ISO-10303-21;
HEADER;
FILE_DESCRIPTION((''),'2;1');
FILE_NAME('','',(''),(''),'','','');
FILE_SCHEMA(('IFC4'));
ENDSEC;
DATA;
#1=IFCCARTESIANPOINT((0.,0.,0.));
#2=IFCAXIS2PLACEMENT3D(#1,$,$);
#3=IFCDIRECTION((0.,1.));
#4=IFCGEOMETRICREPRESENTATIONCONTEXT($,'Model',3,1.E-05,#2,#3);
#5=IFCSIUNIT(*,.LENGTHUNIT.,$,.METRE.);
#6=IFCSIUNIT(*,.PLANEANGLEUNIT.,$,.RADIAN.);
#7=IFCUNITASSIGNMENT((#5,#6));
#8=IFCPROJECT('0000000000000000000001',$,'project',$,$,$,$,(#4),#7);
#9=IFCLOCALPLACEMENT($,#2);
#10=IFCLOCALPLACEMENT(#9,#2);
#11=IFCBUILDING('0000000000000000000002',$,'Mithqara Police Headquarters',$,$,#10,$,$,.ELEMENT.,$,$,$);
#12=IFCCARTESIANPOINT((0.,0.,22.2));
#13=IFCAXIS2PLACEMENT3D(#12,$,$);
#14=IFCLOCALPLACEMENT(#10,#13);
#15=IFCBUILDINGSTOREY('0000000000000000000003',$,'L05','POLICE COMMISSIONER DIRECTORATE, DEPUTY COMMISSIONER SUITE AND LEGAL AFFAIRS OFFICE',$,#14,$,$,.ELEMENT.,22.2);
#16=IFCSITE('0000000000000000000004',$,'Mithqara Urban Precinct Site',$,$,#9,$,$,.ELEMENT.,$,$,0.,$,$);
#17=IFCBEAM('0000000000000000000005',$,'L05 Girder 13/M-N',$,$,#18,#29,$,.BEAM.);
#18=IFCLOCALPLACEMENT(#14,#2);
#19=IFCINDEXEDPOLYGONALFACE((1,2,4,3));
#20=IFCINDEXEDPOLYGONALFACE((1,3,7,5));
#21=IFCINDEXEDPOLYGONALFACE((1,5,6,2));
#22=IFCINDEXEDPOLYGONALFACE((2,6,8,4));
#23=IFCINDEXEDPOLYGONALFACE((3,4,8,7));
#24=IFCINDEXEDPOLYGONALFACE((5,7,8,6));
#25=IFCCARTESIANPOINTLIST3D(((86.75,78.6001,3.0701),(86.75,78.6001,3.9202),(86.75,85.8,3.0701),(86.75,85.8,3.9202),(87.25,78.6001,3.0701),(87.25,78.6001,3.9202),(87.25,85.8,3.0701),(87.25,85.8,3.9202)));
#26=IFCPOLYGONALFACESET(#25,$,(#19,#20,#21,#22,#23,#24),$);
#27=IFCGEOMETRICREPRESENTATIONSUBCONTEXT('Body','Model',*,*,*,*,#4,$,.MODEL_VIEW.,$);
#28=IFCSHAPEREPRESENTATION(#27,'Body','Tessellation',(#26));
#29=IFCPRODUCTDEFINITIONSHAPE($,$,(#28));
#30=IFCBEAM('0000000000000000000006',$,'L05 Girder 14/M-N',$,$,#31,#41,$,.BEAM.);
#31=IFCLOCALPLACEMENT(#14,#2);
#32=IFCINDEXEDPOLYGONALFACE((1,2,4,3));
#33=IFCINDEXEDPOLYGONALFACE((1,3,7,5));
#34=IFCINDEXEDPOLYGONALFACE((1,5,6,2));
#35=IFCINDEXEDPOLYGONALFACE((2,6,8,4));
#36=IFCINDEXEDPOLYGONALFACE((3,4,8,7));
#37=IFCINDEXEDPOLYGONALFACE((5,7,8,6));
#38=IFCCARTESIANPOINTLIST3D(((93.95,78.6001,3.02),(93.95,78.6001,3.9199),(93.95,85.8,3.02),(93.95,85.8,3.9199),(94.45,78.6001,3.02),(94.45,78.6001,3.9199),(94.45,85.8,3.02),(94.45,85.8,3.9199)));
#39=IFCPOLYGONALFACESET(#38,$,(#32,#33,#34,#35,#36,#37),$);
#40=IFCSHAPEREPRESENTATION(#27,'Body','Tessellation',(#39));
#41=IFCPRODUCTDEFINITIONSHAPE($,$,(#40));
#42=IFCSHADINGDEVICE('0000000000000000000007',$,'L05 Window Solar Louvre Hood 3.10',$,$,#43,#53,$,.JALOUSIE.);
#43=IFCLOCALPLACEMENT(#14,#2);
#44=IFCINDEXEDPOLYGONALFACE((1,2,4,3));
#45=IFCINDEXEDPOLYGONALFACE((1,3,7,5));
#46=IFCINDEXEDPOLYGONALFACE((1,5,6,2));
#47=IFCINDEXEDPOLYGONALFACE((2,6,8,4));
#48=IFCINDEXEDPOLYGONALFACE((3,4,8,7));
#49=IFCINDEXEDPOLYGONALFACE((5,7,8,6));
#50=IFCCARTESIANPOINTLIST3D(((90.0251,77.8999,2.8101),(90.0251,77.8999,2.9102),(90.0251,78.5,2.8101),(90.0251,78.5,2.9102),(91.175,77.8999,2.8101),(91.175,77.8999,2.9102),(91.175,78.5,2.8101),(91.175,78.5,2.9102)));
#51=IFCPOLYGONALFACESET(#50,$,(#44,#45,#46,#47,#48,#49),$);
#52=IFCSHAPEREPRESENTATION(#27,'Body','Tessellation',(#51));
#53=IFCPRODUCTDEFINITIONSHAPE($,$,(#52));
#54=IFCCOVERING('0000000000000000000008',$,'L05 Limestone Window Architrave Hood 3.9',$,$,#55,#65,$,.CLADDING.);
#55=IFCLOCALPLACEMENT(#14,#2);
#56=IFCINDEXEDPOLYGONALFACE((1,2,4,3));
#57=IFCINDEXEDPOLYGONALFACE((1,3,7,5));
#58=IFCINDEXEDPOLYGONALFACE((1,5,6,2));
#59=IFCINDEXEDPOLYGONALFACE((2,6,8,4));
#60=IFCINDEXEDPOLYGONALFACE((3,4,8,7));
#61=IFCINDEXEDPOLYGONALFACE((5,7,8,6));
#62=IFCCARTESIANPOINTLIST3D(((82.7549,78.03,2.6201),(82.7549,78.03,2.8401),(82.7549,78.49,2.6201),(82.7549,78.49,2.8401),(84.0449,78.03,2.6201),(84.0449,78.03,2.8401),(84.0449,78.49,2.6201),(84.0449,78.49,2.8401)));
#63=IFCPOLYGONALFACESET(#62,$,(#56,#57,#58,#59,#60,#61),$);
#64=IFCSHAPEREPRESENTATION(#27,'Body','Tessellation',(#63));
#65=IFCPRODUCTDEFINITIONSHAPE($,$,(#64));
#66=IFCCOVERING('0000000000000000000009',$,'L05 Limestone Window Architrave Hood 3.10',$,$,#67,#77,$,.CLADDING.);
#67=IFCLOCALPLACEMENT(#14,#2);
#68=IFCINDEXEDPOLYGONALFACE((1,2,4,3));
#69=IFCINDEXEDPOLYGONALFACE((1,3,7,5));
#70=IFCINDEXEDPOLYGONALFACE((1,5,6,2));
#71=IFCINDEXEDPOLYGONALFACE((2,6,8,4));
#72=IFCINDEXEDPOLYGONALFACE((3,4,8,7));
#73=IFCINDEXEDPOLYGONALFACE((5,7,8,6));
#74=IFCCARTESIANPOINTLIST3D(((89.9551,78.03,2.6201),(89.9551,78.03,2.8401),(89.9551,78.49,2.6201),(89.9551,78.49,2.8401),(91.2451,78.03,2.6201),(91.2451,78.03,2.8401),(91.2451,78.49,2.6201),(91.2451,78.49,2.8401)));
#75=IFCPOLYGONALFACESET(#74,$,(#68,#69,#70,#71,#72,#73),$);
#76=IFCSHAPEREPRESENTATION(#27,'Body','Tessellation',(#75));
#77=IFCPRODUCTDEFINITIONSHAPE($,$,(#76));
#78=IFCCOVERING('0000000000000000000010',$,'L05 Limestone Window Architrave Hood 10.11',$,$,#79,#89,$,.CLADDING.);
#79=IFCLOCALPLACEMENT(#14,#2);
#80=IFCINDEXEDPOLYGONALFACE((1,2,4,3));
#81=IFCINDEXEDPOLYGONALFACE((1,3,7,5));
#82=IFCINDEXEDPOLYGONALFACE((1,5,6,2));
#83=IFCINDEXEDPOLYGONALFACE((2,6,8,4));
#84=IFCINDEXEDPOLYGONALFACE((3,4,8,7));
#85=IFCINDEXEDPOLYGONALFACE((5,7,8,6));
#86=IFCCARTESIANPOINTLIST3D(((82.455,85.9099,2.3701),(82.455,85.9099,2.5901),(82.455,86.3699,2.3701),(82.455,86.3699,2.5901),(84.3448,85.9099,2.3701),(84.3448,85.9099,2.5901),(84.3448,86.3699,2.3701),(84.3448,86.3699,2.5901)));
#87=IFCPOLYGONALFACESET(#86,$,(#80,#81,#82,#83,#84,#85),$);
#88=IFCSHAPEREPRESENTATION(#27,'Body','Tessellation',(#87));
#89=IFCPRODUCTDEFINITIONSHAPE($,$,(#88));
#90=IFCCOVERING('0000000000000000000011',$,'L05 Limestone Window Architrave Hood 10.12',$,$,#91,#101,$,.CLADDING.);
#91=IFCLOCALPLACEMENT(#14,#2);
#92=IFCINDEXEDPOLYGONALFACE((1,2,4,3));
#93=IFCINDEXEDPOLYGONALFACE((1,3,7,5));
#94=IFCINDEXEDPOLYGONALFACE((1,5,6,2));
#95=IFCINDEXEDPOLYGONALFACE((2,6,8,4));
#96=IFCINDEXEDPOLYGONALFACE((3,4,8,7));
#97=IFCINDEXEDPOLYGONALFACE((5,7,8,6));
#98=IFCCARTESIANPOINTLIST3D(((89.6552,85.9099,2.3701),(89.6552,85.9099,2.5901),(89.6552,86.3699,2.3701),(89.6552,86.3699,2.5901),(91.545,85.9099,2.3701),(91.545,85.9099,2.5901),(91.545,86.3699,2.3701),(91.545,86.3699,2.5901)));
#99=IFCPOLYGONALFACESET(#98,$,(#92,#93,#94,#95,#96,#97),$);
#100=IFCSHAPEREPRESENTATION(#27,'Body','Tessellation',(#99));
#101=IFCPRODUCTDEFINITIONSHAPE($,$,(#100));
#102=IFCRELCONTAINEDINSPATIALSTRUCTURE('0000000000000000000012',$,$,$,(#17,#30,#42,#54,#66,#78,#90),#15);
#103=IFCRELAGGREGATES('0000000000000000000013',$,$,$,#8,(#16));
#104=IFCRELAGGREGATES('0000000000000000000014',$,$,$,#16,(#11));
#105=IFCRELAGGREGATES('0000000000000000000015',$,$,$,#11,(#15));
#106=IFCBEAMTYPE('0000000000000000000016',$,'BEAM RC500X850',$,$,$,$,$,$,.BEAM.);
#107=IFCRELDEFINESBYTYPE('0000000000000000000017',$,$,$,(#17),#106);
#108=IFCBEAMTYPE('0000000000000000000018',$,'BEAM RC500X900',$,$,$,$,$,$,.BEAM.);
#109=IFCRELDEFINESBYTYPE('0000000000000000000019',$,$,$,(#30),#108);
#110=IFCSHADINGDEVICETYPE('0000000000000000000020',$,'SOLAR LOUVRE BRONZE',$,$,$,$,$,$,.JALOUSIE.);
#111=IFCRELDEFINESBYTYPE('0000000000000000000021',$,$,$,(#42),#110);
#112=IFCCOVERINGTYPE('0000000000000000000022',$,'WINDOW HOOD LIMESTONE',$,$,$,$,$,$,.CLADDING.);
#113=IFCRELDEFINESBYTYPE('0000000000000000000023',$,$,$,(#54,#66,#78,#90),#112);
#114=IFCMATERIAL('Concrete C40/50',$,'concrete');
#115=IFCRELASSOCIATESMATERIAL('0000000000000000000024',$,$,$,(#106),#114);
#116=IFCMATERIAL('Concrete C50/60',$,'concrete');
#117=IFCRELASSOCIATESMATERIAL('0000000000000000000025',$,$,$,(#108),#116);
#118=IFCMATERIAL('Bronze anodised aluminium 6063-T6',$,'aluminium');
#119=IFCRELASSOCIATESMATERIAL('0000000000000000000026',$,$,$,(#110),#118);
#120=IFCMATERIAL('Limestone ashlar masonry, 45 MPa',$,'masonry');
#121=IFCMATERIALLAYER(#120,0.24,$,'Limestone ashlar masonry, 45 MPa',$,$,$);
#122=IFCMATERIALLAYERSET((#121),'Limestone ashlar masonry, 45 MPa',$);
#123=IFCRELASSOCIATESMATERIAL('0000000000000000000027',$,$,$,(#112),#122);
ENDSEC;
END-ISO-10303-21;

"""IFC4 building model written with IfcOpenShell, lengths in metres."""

from ifc_helpers import new_model, si_unit, direction, frame, origin, origin_2d, place, context, subcontext, project, spatial, rectangle, extrude, material, layer, layer_set, material_profile, profile_set, type_object, element, save


model = new_model("IFC4")

# Units and contexts
model_context = context("Model", 3, precision=1e-05, world=origin(), true_north=direction((0.0, 1.0)))
body_context = subcontext(model_context, "Body", "Model", "MODEL_VIEW")
ifc_project = project(units=[si_unit("LENGTHUNIT", "METRE"), si_unit("PLANEANGLEUNIT", "RADIAN")], contexts=[model_context])

# Site, building, storey
site_placement = place(None, origin())
site = spatial("IfcSite", under=ifc_project, at=site_placement, Name="Mithqara Urban Precinct Site", CompositionType="ELEMENT", RefElevation=0.0)
building_placement = place(site_placement, origin())
building = spatial("IfcBuilding", under=site, at=building_placement, Name="Mithqara Police Headquarters", CompositionType="ELEMENT")
storey_placement = place(building_placement, frame((0.0, 0.0, 22.2)))
storey = spatial("IfcBuildingStorey", under=building, at=storey_placement, Name="L05", Description="POLICE COMMISSIONER DIRECTORATE, DEPUTY COMMISSIONER SUITE AND LEGAL AFFAIRS OFFICE", CompositionType="ELEMENT", Elevation=22.2)

# Shared definitions
ifc_material_1 = material(Name="Concrete C50/60", Category="concrete")

# Beams
ifc_material_2 = material(Name="Concrete C40/50", Category="concrete")
ifc_material_profile_1 = material_profile(ifc_material_2, rectangle(XDim=0.5, YDim=0.8501, at=origin_2d()), Name="RC 500x850")
ifc_profile_set_1 = profile_set([ifc_material_profile_1], Name="Concrete C40/50")
beam_type_1 = type_object("IfcBeamType", Name="BEAM RC500X850", PredefinedType="BEAM", material=ifc_profile_set_1)
beam_1_placement = place(storey_placement, frame((87.0, 78.6001, 3.4951), z_axis=(0.0, 1.0, 0.0), x_axis=(-1.0, 0.0, 0.0)))
element("IfcBeam", 1, at=beam_1_placement, inside=storey, type_object=beam_type_1, Name="L05 Girder 13/M-N", PredefinedType="BEAM", context=body_context, shape_type="SweptSolid", body=[
    extrude(rectangle(XDim=0.5, YDim=0.8501, at=origin_2d()), origin(), (0.0, 0.0, 1.0), 7.2),
])
ifc_material_profile_2 = material_profile(ifc_material_1, rectangle(XDim=0.5, YDim=0.8999, at=origin_2d()), Name="RC 500x900")
ifc_profile_set_2 = profile_set([ifc_material_profile_2], Name="Concrete C50/60")
beam_type_2 = type_object("IfcBeamType", Name="BEAM RC500X900", PredefinedType="BEAM", material=ifc_profile_set_2)
beam_2_placement = place(storey_placement, frame((94.2, 78.6001, 3.47), z_axis=(0.0, 1.0, 0.0), x_axis=(-1.0, 0.0, 0.0)))
element("IfcBeam", 2, at=beam_2_placement, inside=storey, type_object=beam_type_2, Name="L05 Girder 14/M-N", PredefinedType="BEAM", context=body_context, shape_type="SweptSolid", body=[
    extrude(rectangle(XDim=0.5, YDim=0.8999, at=origin_2d()), origin(), (0.0, 0.0, 1.0), 7.2),
])

# Shading device
ifc_material_3 = material(Name="Bronze anodised aluminium 6063-T6", Category="aluminium")
shading_device_type = type_object("IfcShadingDeviceType", Name="SOLAR LOUVRE BRONZE", PredefinedType="JALOUSIE", material=ifc_material_3)
shading_device_placement = place(storey_placement, frame((90.6001, 78.2, 2.8101), z_axis=(0.0, 0.0, 1.0), x_axis=(1.0, 0.0, 0.0)))
element("IfcShadingDevice", 3, at=shading_device_placement, inside=storey, type_object=shading_device_type, Name="L05 Window Solar Louvre Hood 3.10", PredefinedType="JALOUSIE", context=body_context, shape_type="SweptSolid", body=[
    extrude(rectangle(XDim=1.1499, YDim=0.6001, at=origin_2d()), origin(), (0.0, 0.0, 1.0), 0.1001),
])

# Coverings
ifc_material_4 = material(Name="Limestone ashlar masonry, 45 MPa", Category="masonry")
ifc_layer = layer(ifc_material_4, 0.24, Name="Limestone ashlar masonry, 45 MPa")
ifc_layer_set = layer_set([ifc_layer], Name="Limestone ashlar masonry, 45 MPa")
covering_type = type_object("IfcCoveringType", Name="WINDOW HOOD LIMESTONE", PredefinedType="CLADDING", material=ifc_layer_set)
for number, where, z_axis, x_axis, name in (
    (4, (83.3999, 78.26, 2.6201), (0.0, 0.0, 1.0), (1.0, 0.0, 0.0), "L05 Limestone Window Architrave Hood 3.9"),
    (5, (90.6001, 78.26, 2.6201), (0.0, 0.0, 1.0), (1.0, 0.0, 0.0), "L05 Limestone Window Architrave Hood 3.10"),
):
    element("IfcCovering", number, at=place(storey_placement, frame(where, z_axis=z_axis, x_axis=x_axis)), inside=storey, type_object=covering_type, Name=name, PredefinedType="CLADDING", context=body_context, shape_type="SweptSolid", body=[
        extrude(rectangle(XDim=1.29, YDim=0.46, at=origin_2d()), origin(), (0.0, 0.0, 1.0), 0.22),
    ])
for number, where, z_axis, x_axis, name in (
    (6, (83.3999, 86.1399, 2.3701), (0.0, 0.0, 1.0), (1.0, 0.0, 0.0), "L05 Limestone Window Architrave Hood 10.11"),
    (7, (90.6001, 86.1399, 2.3701), (0.0, 0.0, 1.0), (1.0, 0.0, 0.0), "L05 Limestone Window Architrave Hood 10.12"),
):
    element("IfcCovering", number, at=place(storey_placement, frame(where, z_axis=z_axis, x_axis=x_axis)), inside=storey, type_object=covering_type, Name=name, PredefinedType="CLADDING", context=body_context, shape_type="SweptSolid", body=[
        extrude(rectangle(XDim=1.8899, YDim=0.46, at=origin_2d()), origin(), (0.0, 0.0, 1.0), 0.22),
    ])

save(model, "model.ifc")
